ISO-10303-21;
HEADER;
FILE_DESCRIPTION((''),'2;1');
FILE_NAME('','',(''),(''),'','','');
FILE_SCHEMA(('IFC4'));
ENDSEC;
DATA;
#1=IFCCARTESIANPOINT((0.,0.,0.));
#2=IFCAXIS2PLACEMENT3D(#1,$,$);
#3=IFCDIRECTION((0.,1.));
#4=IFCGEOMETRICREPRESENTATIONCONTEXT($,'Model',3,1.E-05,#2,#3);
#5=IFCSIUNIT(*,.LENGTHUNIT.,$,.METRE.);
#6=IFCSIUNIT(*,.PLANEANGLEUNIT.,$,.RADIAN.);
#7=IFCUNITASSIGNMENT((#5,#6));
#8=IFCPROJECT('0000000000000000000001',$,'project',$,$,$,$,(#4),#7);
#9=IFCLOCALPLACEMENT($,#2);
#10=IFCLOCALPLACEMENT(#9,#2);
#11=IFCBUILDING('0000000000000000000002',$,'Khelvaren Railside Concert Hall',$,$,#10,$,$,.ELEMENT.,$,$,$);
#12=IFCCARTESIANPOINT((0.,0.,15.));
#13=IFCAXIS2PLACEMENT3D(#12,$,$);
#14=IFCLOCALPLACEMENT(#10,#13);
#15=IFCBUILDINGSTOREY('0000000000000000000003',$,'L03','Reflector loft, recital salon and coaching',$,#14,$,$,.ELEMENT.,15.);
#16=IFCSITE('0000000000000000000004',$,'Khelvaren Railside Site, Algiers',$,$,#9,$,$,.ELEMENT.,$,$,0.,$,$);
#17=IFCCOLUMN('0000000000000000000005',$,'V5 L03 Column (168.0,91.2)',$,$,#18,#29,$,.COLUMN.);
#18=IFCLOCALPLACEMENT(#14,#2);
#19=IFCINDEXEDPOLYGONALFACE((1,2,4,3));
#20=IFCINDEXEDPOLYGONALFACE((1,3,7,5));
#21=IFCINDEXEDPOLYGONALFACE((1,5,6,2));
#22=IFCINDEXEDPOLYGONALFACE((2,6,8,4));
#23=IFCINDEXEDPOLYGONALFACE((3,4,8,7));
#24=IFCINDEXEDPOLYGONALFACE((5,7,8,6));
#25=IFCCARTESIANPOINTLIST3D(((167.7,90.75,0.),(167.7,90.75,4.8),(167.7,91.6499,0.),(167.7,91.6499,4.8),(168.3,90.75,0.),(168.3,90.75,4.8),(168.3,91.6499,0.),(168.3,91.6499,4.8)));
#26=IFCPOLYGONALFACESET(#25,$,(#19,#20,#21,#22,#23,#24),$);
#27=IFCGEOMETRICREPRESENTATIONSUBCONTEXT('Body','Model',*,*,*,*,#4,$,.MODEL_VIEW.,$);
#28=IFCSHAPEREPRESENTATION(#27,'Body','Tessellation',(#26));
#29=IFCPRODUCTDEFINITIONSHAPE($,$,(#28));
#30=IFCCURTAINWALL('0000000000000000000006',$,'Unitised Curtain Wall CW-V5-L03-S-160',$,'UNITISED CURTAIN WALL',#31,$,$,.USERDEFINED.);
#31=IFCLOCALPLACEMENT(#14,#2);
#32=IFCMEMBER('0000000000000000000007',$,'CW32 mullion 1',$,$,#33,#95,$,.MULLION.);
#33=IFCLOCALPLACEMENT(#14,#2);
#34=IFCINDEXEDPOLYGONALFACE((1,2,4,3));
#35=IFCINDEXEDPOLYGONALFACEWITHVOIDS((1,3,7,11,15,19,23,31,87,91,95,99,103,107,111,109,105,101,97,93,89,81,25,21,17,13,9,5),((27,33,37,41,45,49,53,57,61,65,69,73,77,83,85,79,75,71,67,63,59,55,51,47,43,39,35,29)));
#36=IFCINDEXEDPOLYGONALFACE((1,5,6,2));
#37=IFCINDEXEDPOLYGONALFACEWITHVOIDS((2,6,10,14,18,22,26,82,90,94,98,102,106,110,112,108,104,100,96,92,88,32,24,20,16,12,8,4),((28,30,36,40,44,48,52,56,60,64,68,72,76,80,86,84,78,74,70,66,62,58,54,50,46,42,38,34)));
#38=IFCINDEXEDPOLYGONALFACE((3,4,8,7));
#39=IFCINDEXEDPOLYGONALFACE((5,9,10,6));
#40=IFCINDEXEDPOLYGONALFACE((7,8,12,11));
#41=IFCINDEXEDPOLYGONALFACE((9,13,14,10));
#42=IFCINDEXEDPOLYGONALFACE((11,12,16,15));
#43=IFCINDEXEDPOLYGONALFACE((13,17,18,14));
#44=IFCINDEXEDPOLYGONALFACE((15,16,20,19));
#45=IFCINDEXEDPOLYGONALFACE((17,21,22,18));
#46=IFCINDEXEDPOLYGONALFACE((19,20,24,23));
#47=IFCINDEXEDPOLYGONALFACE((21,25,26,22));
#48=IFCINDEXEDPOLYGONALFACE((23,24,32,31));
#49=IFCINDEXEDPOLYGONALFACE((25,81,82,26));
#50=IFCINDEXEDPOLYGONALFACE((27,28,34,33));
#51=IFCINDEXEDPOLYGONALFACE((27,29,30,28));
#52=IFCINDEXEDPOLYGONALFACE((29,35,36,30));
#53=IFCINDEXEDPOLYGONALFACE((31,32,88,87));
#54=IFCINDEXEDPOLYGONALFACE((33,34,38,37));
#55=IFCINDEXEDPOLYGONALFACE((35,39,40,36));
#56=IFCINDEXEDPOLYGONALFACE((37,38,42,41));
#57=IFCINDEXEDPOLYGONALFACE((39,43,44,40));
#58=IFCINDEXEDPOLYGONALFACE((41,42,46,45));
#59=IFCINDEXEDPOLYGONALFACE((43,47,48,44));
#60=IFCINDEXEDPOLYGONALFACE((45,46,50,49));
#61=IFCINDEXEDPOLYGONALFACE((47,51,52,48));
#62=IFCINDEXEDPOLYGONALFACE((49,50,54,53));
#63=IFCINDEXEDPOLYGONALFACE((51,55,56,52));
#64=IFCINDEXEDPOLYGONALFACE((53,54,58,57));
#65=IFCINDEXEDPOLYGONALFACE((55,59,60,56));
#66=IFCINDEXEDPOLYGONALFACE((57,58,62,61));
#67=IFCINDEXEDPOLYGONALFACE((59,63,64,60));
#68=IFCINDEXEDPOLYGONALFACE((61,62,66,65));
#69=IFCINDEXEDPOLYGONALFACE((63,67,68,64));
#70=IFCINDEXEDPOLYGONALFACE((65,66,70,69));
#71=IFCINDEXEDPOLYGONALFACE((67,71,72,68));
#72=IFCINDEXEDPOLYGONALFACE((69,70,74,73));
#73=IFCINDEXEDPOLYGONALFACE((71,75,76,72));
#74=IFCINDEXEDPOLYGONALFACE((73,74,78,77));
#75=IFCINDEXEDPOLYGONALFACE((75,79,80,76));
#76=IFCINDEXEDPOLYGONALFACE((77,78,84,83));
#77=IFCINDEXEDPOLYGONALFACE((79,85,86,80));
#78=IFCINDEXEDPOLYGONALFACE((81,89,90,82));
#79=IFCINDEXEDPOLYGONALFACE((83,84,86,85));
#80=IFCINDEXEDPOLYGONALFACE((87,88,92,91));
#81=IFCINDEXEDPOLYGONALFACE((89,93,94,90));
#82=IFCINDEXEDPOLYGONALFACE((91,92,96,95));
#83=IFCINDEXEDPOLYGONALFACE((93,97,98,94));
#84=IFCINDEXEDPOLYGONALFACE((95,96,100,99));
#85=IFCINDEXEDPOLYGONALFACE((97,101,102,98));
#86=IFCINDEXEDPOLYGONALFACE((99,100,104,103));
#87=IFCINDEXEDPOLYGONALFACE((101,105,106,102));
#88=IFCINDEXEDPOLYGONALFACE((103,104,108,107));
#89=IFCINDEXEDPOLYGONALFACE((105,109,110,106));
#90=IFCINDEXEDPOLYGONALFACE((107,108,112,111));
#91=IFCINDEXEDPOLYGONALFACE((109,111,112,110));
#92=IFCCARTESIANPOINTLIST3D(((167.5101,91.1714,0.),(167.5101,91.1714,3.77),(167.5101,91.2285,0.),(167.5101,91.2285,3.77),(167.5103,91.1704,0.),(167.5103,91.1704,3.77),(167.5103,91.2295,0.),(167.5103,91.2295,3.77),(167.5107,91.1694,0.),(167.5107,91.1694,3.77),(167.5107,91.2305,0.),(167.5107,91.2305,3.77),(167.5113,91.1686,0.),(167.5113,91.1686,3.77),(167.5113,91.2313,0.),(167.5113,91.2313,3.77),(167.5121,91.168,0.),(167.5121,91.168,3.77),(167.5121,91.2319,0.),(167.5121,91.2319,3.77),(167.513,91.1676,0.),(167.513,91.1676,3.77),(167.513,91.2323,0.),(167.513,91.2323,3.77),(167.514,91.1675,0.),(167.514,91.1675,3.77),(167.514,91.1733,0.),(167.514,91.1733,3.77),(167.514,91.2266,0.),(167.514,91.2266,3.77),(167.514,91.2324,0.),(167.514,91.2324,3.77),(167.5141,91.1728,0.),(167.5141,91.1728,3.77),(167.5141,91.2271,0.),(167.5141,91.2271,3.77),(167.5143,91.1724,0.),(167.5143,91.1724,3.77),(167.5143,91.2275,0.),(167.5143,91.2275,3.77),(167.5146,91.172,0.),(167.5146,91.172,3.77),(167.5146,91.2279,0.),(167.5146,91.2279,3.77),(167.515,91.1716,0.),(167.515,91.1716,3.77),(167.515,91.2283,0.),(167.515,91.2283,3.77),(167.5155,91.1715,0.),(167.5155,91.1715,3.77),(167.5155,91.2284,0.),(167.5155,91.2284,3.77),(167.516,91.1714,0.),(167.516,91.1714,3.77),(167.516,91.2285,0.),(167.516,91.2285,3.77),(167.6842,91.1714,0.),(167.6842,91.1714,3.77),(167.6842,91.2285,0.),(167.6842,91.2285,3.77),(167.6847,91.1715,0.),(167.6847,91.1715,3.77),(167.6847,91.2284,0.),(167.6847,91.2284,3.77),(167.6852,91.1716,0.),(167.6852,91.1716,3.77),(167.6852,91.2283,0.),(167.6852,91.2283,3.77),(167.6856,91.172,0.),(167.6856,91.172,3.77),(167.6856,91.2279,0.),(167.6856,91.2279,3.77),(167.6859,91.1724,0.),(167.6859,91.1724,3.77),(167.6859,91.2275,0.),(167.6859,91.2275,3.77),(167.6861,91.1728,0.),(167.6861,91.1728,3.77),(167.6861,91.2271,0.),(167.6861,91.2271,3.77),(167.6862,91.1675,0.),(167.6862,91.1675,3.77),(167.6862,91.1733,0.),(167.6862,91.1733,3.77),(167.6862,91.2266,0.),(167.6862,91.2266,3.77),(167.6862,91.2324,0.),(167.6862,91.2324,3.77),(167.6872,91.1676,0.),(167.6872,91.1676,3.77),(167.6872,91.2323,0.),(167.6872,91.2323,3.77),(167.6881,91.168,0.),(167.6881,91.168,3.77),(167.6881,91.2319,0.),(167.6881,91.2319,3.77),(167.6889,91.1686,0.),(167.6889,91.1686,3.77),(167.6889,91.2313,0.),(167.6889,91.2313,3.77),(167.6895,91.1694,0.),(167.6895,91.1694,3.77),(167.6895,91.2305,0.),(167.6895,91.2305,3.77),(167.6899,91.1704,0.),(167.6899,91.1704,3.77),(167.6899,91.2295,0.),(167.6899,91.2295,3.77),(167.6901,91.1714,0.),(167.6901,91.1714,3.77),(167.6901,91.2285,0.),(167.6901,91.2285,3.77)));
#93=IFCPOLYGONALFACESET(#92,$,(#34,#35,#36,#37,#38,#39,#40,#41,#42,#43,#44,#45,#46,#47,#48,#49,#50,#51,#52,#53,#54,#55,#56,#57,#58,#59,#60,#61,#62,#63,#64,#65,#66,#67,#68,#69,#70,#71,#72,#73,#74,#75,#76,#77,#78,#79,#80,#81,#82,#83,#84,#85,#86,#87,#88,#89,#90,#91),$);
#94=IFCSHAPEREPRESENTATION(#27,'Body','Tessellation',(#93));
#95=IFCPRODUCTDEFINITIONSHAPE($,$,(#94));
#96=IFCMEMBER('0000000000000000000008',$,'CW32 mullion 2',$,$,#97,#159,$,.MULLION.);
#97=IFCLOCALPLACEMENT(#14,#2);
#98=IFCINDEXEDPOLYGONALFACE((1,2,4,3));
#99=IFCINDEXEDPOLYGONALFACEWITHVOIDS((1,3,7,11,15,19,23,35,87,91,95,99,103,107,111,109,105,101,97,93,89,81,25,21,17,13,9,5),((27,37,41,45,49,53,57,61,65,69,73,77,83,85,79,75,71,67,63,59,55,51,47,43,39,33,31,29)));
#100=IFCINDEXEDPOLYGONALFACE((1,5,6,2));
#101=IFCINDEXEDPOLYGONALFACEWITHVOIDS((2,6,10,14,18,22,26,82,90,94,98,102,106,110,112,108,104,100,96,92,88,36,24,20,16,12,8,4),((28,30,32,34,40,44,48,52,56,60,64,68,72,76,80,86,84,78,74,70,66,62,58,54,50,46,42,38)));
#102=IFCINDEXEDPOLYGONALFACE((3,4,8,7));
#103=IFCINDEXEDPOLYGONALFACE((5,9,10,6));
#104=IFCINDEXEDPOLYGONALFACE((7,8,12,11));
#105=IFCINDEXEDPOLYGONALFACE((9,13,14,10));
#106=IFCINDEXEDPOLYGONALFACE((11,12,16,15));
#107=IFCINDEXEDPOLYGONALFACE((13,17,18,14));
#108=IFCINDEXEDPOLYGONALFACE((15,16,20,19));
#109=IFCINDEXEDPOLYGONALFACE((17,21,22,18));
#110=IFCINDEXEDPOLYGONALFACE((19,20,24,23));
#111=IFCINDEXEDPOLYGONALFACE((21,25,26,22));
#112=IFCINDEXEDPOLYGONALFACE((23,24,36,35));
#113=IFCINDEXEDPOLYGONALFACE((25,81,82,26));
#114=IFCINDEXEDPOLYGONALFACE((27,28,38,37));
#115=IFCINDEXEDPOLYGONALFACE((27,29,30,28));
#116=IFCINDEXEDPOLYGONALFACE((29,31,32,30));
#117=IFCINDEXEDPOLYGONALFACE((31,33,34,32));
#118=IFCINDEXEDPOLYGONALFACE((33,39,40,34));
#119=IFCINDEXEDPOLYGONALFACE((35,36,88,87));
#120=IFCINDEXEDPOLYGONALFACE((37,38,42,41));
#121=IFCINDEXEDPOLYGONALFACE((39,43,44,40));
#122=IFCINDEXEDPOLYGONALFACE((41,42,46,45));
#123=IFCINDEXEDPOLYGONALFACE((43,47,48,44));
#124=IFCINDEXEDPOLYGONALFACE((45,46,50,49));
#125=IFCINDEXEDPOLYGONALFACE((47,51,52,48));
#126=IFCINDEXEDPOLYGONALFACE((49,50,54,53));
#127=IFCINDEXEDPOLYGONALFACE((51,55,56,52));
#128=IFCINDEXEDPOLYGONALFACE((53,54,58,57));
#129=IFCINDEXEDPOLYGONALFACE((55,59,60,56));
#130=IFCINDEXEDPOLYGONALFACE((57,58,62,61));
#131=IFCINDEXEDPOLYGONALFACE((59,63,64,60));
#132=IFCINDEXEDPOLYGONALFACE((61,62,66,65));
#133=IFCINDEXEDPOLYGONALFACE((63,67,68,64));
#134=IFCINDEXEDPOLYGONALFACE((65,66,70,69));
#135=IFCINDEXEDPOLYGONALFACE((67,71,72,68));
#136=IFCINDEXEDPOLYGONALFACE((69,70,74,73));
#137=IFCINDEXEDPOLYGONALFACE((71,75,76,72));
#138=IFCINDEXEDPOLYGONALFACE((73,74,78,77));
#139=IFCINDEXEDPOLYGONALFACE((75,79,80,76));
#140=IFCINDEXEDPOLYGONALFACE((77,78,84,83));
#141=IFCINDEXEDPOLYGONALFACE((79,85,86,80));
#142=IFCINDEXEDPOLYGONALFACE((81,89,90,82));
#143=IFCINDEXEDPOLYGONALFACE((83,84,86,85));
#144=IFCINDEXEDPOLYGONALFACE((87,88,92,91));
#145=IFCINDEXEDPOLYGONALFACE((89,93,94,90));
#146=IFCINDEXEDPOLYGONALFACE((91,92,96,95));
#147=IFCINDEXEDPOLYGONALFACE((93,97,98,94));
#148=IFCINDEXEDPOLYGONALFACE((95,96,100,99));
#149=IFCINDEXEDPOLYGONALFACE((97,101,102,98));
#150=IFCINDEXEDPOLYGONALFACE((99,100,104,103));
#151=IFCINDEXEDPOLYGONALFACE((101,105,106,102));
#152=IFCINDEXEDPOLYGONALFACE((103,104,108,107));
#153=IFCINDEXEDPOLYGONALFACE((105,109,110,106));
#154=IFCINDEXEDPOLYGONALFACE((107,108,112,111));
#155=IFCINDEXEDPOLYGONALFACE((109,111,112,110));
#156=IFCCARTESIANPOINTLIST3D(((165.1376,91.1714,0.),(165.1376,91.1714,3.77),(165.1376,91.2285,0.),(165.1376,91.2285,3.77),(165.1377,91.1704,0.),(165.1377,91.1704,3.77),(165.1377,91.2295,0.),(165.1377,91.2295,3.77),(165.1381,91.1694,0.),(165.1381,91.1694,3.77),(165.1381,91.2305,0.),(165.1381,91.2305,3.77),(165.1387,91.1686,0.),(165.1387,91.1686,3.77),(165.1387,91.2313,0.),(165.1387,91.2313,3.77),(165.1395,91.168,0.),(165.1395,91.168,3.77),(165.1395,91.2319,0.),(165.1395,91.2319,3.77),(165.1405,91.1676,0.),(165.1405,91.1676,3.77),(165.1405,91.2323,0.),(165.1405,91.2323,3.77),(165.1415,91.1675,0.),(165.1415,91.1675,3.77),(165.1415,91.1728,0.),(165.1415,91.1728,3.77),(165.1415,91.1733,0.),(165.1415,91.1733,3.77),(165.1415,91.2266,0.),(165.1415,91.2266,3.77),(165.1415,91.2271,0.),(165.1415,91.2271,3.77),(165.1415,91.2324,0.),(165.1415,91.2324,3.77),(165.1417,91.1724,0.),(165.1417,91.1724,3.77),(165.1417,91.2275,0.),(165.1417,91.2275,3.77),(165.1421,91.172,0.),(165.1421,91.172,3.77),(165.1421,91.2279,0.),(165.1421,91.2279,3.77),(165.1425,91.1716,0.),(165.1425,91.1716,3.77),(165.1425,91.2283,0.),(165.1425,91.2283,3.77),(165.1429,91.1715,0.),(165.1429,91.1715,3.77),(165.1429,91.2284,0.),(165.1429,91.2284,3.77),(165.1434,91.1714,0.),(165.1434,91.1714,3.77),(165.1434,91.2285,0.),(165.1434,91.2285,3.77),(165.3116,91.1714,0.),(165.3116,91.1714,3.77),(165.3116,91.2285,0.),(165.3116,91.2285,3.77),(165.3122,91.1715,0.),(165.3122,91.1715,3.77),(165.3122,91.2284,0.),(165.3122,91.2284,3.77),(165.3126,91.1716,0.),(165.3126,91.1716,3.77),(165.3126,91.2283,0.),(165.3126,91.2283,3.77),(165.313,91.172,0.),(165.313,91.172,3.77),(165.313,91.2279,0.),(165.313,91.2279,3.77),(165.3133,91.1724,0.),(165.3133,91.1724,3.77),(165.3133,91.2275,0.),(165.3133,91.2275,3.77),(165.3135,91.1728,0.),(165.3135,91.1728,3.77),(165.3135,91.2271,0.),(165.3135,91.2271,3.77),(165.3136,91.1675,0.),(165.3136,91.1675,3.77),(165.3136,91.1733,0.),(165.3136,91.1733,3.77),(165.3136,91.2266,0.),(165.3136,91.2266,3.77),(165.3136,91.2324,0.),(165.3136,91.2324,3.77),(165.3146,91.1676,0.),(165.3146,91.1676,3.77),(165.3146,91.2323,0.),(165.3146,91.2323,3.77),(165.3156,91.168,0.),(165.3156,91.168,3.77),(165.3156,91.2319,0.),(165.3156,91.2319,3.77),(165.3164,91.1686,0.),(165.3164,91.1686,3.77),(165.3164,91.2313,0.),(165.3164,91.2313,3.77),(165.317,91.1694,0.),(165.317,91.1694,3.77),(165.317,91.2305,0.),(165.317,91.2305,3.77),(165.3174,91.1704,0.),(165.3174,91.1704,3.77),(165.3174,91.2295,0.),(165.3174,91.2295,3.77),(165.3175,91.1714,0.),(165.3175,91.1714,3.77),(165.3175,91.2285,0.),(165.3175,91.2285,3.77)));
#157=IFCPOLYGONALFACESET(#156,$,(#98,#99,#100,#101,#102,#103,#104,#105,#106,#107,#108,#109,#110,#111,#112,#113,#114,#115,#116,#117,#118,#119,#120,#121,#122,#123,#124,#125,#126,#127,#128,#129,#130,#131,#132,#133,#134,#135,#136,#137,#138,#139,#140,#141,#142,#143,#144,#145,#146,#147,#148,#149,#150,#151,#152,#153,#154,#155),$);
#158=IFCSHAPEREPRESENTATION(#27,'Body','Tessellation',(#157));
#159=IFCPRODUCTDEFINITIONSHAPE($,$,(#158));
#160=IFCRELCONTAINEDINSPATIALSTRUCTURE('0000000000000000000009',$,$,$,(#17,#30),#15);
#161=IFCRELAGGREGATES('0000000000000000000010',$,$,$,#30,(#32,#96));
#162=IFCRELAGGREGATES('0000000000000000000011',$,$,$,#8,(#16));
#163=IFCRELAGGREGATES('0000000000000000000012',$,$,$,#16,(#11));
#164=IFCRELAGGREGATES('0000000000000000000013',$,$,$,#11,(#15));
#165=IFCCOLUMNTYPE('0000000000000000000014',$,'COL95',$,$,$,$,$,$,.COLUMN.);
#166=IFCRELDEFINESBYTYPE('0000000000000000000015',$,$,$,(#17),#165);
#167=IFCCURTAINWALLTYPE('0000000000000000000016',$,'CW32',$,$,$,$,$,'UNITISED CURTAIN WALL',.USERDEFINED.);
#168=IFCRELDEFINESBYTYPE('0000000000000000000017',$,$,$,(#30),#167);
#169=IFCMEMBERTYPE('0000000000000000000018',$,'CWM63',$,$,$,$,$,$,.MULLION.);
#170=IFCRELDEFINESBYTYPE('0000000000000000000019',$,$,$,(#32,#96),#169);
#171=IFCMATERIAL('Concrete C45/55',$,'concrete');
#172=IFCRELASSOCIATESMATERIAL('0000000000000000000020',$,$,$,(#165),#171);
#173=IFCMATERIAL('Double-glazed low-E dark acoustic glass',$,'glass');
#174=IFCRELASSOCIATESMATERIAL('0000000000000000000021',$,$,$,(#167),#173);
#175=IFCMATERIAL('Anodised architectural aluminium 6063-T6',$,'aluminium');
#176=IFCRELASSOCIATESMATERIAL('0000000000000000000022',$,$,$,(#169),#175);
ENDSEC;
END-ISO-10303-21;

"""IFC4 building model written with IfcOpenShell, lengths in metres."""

from ifc_helpers import new_model, si_unit, direction, frame, origin, origin_2d, place, context, subcontext, project, spatial, rectangle, hollow_rectangle, extrude, material, material_profile, profile_set, type_object, element, aggregate, save


model = new_model("IFC4")

# Units and contexts
model_context = context("Model", 3, precision=1e-05, world=origin(), true_north=direction((0.0, 1.0)))
body_context = subcontext(model_context, "Body", "Model", "MODEL_VIEW")
ifc_project = project(units=[si_unit("LENGTHUNIT", "METRE"), si_unit("PLANEANGLEUNIT", "RADIAN")], contexts=[model_context])

# Site, building, storey
site_placement = place(None, origin())
site = spatial("IfcSite", under=ifc_project, at=site_placement, Name="Khelvaren Railside Site, Algiers", CompositionType="ELEMENT", RefElevation=0.0)
building_placement = place(site_placement, origin())
building = spatial("IfcBuilding", under=site, at=building_placement, Name="Khelvaren Railside Concert Hall", CompositionType="ELEMENT")
storey_placement = place(building_placement, frame((0.0, 0.0, 15.0)))
storey = spatial("IfcBuildingStorey", under=building, at=storey_placement, Name="L03", Description="Reflector loft, recital salon and coaching", CompositionType="ELEMENT", Elevation=15.0)

# Column
ifc_material_1 = material(Name="Concrete C45/55", Category="concrete")
ifc_material_profile_1 = material_profile(ifc_material_1, rectangle(XDim=0.6001, YDim=0.8999, at=origin_2d()), Name="RC 600x900")
ifc_profile_set_1 = profile_set([ifc_material_profile_1], Name="Concrete C45/55")
column_type = type_object("IfcColumnType", Name="COL95", PredefinedType="COLUMN", material=ifc_profile_set_1)
column_placement = place(storey_placement, frame((168.0, 91.2, 0.0), z_axis=(0.0, 0.0, 1.0), x_axis=(1.0, 0.0, 0.0)))
element("IfcColumn", 1, at=column_placement, inside=storey, type_object=column_type, Name="V5 L03 Column (168.0,91.2)", PredefinedType="COLUMN", context=body_context, shape_type="SweptSolid", body=[
    extrude(rectangle(XDim=0.6001, YDim=0.8999, at=origin_2d()), origin(), (0.0, 0.0, 1.0), 4.8),
])

# Curtain wall, members
ifc_material_2 = material(Name="Double-glazed low-E dark acoustic glass", Category="glass")
curtain_wall_type_1 = type_object("IfcCurtainWallType", Name="CW32", ElementType="UNITISED CURTAIN WALL", PredefinedType="USERDEFINED", material=ifc_material_2)
curtain_wall_1_placement = place(storey_placement, origin())
curtain_wall_1 = element("IfcCurtainWall", 2, at=curtain_wall_1_placement, inside=storey, type_object=curtain_wall_type_1, Name="Unitised Curtain Wall CW-V5-L03-S-160", ObjectType="UNITISED CURTAIN WALL", PredefinedType="USERDEFINED")
ifc_material_3 = material(Name="Anodised architectural aluminium 6063-T6", Category="aluminium")
ifc_material_profile_2 = material_profile(ifc_material_3, hollow_rectangle(XDim=0.0649, YDim=0.1799, WallThickness=0.0039, InnerFilletRadius=0.002, OuterFilletRadius=0.0039, at=origin_2d()), Name="CWM 65x180x4")
ifc_profile_set_2 = profile_set([ifc_material_profile_2], Name="Anodised architectural aluminium 6063-T6")
member_type_1 = type_object("IfcMemberType", Name="CWM63", PredefinedType="MULLION", material=ifc_profile_set_2)
member_1_placement = place(storey_placement, frame((167.6001, 91.2, 0.0), z_axis=(0.0, 0.0, 1.0), x_axis=(0.0, -1.0, 0.0)))
member_1 = element("IfcMember", 3, at=member_1_placement, type_object=member_type_1, Name="CW32 mullion 1", PredefinedType="MULLION", context=body_context, shape_type="SweptSolid", body=[
    extrude(hollow_rectangle(XDim=0.0649, YDim=0.1799, WallThickness=0.0039, InnerFilletRadius=0.002, OuterFilletRadius=0.0039, at=origin_2d()), origin(), (0.0, 0.0, 1.0), 3.77),
])
member_2_placement = place(storey_placement, frame((165.2275, 91.2, 0.0), z_axis=(0.0, 0.0, 1.0), x_axis=(0.0, -1.0, 0.0)))
member_2 = element("IfcMember", 4, at=member_2_placement, type_object=member_type_1, Name="CW32 mullion 2", PredefinedType="MULLION", context=body_context, shape_type="SweptSolid", body=[
    extrude(hollow_rectangle(XDim=0.0649, YDim=0.1799, WallThickness=0.0039, InnerFilletRadius=0.002, OuterFilletRadius=0.0039, at=origin_2d()), origin(), (0.0, 0.0, 1.0), 3.77),
])

aggregate(curtain_wall_1, [member_1, member_2])

save(model, "model.ifc")
